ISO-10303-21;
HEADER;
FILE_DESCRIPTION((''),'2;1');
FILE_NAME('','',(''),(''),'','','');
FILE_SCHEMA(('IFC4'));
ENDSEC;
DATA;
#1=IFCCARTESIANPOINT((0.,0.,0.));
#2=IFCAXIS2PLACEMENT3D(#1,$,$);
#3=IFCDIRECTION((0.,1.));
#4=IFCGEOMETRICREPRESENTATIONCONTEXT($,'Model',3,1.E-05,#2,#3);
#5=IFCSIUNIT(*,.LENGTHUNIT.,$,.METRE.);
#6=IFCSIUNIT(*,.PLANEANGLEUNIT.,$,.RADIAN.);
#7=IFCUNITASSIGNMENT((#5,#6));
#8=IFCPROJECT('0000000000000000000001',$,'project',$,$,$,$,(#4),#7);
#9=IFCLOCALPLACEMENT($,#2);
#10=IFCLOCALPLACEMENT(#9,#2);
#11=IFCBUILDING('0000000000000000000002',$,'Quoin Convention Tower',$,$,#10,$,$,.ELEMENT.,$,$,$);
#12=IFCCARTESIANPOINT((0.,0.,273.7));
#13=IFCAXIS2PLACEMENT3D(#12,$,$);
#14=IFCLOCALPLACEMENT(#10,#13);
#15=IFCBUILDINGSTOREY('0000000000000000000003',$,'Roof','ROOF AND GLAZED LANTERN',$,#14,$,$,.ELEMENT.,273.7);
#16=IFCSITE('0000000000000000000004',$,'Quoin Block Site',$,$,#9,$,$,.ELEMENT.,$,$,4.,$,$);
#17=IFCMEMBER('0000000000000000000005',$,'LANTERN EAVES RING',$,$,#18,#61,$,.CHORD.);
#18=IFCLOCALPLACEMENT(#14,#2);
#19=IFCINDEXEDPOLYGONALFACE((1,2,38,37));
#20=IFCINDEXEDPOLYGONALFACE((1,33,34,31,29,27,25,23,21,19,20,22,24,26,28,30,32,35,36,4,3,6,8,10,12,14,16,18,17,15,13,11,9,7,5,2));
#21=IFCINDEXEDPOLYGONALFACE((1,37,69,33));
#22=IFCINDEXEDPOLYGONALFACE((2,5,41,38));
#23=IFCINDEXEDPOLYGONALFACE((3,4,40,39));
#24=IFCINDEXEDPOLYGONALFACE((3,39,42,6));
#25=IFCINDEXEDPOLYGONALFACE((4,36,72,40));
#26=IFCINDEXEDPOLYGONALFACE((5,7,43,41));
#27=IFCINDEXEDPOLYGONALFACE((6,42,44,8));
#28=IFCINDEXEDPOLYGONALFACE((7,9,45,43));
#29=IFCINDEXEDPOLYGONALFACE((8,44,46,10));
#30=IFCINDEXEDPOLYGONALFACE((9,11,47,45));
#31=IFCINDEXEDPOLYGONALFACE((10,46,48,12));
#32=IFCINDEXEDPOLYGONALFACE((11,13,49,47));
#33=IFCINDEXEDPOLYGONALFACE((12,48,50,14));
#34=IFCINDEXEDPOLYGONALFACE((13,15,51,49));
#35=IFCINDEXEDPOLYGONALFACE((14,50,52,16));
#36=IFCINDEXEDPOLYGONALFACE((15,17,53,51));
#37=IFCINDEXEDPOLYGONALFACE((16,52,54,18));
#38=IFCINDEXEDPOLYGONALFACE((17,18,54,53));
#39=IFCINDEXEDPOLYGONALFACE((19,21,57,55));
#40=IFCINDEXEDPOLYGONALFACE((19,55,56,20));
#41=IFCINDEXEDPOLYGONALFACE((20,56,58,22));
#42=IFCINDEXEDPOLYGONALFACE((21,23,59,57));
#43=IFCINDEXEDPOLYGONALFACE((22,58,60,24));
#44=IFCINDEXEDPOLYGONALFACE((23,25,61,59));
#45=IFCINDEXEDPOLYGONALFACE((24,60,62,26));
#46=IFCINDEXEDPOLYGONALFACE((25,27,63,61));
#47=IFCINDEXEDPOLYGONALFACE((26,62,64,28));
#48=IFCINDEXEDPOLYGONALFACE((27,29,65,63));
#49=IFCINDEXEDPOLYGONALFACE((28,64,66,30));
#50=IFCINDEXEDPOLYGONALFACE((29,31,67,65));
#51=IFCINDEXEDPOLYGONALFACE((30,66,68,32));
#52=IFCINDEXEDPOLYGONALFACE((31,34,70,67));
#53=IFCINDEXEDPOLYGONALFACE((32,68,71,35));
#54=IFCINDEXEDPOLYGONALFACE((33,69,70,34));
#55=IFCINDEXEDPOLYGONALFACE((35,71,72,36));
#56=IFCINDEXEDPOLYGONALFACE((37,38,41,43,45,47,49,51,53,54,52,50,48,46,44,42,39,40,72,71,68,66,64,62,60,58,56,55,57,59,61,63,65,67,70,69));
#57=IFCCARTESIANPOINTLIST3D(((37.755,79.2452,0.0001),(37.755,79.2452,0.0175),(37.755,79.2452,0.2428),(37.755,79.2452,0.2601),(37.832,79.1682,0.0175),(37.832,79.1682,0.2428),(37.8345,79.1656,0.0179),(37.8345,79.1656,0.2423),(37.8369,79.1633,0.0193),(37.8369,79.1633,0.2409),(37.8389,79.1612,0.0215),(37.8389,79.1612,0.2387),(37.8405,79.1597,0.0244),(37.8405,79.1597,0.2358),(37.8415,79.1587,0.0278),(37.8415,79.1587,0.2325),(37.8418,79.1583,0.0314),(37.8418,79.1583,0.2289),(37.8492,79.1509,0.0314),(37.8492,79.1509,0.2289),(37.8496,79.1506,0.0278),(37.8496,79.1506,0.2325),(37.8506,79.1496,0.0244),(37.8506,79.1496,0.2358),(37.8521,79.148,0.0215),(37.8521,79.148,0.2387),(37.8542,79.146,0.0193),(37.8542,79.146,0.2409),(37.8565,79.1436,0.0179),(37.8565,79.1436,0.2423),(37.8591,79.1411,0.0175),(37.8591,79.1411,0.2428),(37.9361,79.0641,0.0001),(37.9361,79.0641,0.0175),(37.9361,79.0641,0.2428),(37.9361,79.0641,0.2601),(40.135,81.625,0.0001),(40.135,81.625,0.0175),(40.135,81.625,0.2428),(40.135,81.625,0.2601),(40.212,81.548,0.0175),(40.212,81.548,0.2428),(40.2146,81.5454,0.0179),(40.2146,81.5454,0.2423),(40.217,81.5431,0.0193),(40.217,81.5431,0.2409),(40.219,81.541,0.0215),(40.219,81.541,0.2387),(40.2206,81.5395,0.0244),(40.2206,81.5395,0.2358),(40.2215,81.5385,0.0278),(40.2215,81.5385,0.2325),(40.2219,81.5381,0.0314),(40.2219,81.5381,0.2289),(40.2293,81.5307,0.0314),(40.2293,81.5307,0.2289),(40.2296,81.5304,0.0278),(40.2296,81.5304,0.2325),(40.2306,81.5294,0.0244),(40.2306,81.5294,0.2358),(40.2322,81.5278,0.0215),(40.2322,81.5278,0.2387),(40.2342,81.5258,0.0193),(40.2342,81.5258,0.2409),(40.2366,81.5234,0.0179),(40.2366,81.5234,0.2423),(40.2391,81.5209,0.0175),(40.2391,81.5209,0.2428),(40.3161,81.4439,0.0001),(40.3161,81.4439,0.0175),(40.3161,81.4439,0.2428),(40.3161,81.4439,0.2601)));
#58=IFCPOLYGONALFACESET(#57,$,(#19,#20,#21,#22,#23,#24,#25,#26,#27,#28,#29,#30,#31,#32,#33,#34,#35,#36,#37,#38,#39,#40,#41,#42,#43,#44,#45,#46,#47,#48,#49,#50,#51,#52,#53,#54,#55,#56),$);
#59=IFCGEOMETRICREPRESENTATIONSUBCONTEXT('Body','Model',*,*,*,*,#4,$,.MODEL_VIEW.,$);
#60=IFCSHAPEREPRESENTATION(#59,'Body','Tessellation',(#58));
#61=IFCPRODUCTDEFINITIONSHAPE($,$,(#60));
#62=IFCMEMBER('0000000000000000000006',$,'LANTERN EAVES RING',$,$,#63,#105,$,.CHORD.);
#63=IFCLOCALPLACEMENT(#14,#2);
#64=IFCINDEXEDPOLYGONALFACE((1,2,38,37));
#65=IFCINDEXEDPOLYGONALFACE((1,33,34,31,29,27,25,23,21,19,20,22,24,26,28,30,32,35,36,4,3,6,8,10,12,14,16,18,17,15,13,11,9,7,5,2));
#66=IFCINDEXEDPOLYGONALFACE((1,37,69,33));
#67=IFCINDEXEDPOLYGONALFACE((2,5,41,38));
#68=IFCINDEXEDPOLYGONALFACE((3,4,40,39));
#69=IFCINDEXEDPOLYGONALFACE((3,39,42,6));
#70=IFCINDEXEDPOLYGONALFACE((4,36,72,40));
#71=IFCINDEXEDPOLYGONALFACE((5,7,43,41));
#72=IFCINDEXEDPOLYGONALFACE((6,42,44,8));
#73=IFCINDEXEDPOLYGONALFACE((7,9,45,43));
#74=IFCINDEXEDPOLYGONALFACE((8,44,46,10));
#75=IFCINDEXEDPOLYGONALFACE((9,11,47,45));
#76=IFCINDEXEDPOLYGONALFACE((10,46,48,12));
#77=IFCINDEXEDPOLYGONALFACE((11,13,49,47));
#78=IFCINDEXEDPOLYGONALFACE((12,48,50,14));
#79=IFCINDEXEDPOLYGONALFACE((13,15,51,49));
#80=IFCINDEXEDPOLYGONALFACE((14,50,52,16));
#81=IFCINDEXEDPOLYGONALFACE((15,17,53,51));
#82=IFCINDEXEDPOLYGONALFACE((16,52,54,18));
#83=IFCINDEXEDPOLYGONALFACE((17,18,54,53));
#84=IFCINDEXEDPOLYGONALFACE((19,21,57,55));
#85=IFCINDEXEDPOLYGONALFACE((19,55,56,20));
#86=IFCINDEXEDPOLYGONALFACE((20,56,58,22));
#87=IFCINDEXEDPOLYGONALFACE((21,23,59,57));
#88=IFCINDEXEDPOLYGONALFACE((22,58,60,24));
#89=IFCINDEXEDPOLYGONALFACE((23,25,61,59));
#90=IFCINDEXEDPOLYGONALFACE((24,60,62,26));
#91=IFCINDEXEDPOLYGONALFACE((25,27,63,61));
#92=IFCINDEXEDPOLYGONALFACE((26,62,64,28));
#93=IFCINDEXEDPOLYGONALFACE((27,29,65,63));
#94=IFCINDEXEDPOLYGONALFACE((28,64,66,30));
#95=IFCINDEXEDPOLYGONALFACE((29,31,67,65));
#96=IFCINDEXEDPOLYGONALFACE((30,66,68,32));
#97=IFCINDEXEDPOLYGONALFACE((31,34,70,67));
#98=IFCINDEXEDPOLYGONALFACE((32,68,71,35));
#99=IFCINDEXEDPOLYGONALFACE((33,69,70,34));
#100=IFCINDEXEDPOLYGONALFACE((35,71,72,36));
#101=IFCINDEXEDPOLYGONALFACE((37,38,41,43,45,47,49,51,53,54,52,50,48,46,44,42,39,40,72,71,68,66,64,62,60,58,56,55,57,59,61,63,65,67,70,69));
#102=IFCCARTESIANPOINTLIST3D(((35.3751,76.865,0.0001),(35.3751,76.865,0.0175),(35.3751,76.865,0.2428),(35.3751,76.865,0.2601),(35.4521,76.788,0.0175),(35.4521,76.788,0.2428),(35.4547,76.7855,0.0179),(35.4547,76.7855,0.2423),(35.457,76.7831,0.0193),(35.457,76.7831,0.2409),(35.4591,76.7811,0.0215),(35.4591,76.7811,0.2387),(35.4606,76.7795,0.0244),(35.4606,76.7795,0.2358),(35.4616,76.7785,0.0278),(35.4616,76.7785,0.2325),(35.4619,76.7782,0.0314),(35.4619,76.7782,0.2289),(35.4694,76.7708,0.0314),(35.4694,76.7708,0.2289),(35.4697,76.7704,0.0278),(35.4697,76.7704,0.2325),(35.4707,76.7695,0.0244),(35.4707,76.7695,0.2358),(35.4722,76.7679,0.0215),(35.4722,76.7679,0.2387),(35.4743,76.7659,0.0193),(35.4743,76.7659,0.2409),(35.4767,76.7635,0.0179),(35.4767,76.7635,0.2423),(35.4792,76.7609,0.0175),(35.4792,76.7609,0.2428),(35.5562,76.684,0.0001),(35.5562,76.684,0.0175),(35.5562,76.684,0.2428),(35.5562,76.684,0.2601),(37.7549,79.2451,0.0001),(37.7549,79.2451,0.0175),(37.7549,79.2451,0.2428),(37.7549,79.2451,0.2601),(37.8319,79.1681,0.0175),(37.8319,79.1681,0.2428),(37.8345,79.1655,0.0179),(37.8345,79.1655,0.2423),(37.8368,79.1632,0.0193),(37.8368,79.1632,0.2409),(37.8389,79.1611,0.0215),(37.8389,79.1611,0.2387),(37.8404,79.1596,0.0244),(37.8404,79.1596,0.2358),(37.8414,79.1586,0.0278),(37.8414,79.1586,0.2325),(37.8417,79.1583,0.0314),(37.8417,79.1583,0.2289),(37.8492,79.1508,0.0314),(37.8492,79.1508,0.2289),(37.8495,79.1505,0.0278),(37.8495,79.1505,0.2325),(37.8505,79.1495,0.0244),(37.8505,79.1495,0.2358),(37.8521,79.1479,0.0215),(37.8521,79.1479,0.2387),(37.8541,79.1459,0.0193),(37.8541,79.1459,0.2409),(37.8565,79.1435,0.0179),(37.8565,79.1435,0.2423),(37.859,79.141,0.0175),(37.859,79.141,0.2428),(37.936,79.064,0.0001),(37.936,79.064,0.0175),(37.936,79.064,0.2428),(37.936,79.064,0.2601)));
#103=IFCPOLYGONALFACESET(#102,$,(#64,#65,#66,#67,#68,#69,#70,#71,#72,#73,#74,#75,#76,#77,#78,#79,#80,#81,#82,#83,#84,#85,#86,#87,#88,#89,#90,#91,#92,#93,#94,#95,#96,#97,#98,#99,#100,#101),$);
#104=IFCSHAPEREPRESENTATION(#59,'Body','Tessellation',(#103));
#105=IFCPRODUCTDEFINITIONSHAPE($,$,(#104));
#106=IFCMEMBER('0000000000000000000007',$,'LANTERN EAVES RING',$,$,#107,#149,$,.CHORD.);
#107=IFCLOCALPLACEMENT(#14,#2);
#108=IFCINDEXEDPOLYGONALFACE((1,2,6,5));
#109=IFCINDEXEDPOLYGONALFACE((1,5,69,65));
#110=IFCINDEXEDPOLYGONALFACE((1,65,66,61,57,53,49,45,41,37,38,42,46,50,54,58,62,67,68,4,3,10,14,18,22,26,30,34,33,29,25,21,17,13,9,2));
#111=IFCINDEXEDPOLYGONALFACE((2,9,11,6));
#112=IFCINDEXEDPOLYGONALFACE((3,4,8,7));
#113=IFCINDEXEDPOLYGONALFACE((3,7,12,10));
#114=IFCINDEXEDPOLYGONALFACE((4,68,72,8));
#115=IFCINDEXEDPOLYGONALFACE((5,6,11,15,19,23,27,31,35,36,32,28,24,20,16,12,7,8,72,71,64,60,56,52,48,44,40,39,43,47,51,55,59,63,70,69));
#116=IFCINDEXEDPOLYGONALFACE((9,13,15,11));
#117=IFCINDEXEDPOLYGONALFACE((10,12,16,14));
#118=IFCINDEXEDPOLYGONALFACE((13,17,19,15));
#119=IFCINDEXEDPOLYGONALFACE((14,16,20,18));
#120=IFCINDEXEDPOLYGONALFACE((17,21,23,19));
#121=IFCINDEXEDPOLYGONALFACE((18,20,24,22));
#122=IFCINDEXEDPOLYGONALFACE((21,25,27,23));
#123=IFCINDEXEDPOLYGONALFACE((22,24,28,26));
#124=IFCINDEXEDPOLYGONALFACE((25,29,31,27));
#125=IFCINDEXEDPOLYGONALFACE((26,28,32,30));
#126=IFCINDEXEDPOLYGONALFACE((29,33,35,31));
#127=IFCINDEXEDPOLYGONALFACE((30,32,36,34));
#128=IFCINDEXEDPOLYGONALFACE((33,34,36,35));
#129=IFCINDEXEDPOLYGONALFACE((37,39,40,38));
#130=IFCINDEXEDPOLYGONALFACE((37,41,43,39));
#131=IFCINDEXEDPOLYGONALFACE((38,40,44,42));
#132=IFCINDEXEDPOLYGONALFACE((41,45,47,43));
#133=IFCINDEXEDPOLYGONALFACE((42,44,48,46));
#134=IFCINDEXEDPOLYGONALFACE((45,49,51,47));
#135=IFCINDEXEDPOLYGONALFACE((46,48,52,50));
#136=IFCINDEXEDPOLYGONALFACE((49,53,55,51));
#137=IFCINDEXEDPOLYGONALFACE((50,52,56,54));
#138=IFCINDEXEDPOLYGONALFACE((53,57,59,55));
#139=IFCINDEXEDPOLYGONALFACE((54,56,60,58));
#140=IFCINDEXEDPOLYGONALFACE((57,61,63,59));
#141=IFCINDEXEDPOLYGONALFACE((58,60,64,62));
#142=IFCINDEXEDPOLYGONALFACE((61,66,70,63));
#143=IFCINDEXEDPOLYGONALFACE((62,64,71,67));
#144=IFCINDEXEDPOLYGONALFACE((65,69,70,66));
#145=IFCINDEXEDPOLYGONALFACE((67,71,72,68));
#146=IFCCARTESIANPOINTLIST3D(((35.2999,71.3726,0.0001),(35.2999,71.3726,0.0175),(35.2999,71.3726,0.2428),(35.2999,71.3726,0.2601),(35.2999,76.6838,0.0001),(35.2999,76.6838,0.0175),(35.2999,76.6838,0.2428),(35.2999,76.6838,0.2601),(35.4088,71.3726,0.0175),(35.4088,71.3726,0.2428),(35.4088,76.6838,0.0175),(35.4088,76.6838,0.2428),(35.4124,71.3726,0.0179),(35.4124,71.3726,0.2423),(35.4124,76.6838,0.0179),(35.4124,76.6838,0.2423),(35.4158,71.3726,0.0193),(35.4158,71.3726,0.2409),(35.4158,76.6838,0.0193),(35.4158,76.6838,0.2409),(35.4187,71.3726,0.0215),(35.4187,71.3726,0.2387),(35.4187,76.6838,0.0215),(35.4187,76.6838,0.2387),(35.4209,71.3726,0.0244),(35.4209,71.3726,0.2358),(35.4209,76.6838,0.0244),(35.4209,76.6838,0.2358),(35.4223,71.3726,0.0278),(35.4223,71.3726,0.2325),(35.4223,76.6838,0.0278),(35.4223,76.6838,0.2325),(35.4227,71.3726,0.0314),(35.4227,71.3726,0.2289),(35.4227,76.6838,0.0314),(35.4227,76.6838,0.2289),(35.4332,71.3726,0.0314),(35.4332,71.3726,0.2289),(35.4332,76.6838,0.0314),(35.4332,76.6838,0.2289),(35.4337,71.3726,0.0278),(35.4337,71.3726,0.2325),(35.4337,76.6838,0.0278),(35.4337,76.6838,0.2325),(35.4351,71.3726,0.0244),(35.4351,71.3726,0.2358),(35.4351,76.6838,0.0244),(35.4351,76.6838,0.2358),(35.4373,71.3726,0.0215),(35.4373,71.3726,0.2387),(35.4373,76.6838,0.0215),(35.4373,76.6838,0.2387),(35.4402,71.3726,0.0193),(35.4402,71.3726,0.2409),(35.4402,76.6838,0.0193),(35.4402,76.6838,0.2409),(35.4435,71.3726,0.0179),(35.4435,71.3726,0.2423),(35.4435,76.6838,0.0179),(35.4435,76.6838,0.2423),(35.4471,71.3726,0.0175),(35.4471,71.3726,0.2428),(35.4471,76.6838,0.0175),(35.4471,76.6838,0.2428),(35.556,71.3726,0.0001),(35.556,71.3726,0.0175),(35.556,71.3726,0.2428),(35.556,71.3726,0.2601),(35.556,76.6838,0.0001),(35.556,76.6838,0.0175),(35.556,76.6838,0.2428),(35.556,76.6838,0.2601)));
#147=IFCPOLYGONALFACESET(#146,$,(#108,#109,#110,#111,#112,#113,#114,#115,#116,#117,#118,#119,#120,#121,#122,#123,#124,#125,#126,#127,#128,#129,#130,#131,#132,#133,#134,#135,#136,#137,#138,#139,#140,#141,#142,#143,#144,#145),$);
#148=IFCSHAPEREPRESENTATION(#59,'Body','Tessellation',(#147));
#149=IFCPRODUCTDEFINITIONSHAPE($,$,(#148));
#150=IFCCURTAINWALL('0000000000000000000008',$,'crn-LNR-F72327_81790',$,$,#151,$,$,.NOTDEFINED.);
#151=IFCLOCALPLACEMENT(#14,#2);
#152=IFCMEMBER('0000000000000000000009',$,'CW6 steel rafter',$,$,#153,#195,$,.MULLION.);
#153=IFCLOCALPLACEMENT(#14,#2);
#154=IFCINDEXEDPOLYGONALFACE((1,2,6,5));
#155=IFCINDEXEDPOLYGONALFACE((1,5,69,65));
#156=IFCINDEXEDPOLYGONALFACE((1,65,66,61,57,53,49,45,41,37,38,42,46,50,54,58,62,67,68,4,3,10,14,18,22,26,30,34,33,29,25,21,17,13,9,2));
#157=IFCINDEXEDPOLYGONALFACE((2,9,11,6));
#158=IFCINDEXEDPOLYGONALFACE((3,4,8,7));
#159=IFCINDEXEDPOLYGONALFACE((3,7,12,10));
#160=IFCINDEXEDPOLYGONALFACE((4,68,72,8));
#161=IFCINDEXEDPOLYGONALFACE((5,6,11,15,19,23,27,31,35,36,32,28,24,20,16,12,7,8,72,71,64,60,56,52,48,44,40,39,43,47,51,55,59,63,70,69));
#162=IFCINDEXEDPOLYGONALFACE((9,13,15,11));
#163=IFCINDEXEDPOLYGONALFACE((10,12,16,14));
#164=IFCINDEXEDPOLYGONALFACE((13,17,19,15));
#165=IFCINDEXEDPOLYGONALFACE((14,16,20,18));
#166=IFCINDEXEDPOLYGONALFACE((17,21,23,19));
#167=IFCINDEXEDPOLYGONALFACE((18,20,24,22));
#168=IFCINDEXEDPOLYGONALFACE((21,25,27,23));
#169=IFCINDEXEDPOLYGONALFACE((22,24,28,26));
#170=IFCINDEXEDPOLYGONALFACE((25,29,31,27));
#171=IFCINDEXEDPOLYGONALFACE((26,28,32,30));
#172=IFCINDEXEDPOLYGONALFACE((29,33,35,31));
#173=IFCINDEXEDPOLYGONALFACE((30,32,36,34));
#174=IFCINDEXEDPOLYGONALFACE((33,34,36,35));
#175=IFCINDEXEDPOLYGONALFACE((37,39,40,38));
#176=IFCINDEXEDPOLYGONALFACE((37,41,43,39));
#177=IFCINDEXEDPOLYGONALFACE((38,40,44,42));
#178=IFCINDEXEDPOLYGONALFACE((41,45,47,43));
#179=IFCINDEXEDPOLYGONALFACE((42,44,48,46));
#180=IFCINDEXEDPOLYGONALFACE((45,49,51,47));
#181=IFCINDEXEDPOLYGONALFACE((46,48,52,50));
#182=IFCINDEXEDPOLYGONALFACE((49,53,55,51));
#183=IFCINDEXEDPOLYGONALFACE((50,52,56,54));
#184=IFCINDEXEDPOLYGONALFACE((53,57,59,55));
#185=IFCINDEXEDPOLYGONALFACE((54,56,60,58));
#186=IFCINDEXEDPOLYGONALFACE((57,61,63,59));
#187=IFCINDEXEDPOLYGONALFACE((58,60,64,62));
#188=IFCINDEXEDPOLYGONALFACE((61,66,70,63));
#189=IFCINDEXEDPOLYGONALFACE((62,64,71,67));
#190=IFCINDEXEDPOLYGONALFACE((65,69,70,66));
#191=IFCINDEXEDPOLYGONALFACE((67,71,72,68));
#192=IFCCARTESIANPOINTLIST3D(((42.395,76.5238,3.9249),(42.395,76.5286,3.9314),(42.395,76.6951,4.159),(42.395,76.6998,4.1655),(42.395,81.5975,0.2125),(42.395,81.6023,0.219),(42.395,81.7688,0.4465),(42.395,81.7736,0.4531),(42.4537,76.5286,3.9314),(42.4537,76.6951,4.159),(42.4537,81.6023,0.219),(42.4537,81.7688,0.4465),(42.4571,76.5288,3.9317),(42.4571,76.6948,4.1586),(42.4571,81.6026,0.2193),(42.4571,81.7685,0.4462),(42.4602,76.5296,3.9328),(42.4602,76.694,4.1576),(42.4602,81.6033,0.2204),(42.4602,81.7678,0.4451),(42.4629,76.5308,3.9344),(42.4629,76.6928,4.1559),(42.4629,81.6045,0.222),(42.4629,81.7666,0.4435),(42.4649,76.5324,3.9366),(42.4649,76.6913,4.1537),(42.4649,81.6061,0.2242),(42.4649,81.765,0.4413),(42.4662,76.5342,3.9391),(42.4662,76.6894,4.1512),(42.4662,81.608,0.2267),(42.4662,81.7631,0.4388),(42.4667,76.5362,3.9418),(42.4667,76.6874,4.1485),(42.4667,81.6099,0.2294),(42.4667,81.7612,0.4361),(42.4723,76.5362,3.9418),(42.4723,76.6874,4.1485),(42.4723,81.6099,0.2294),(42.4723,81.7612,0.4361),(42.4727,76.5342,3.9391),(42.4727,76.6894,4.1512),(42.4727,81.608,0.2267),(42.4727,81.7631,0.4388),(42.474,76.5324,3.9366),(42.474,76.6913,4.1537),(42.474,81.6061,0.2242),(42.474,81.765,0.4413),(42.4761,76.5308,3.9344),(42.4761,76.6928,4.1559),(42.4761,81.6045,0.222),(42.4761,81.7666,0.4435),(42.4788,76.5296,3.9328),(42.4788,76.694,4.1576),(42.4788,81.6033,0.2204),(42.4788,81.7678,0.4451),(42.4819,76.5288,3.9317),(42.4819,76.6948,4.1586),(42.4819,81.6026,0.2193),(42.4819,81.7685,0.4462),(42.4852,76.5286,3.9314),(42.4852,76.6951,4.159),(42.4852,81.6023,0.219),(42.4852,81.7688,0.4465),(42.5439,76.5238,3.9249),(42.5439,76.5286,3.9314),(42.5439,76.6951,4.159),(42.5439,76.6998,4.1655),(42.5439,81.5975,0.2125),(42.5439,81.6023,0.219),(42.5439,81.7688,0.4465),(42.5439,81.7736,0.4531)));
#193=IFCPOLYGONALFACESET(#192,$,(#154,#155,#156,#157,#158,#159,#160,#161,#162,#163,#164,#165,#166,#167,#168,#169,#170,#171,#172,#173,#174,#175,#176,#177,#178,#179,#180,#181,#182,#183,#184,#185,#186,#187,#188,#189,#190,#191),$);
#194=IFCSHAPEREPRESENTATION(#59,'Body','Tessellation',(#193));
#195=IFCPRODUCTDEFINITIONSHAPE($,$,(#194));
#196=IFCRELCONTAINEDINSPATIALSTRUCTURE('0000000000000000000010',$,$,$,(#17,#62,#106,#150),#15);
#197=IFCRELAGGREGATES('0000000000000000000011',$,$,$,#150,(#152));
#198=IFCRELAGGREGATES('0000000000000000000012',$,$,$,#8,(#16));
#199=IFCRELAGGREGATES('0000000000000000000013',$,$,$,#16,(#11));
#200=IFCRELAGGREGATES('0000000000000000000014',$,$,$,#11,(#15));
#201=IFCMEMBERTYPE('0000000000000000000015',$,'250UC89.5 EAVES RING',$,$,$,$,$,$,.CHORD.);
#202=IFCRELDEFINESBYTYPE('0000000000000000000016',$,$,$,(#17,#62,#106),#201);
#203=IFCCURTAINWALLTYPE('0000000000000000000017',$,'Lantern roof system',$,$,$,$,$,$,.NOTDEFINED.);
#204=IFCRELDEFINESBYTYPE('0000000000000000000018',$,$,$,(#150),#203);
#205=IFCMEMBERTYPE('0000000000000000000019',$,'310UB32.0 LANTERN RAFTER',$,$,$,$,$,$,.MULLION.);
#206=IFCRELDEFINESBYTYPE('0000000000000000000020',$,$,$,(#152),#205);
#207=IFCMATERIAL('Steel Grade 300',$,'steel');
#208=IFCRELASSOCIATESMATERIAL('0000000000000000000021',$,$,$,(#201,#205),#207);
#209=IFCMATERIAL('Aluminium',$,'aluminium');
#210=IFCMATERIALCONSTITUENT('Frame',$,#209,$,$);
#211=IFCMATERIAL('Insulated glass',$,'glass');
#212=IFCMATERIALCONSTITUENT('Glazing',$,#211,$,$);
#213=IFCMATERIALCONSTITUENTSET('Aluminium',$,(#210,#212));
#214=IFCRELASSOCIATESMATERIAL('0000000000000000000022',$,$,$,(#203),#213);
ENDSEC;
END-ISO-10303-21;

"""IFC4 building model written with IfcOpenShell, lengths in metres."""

from ifc_helpers import new_model, si_unit, direction, frame, origin, origin_2d, place, context, subcontext, project, spatial, i_section, extrude, material, constituent, constituent_set, material_profile, profile_set, type_object, element, aggregate, save


model = new_model("IFC4")

# Units and contexts
model_context = context("Model", 3, precision=1e-05, world=origin(), true_north=direction((0.0, 1.0)))
body_context = subcontext(model_context, "Body", "Model", "MODEL_VIEW")
ifc_project = project(units=[si_unit("LENGTHUNIT", "METRE"), si_unit("PLANEANGLEUNIT", "RADIAN")], contexts=[model_context])

# Site, building, storey
site_placement = place(None, origin())
site = spatial("IfcSite", under=ifc_project, at=site_placement, Name="Quoin Block Site", CompositionType="ELEMENT", RefElevation=4.0)
building_placement = place(site_placement, origin())
building = spatial("IfcBuilding", under=site, at=building_placement, Name="Quoin Convention Tower", CompositionType="ELEMENT")
storey_placement = place(building_placement, frame((0.0, 0.0, 273.7)))
storey = spatial("IfcBuildingStorey", under=building, at=storey_placement, Name="Roof", Description="ROOF AND GLAZED LANTERN", CompositionType="ELEMENT", Elevation=273.7)

# Members
ifc_material_1 = material(Name="Steel Grade 300", Category="steel")
ifc_material_profile_1 = material_profile(ifc_material_1, i_section(OverallWidth=0.2561, OverallDepth=0.26, WebThickness=0.0105, FlangeThickness=0.0173, FilletRadius=0.0139, at=origin_2d()), Name="250UC89.5")
ifc_profile_set_1 = profile_set([ifc_material_profile_1], Name="Steel Grade 300")
member_type_1 = type_object("IfcMemberType", Name="250UC89.5 EAVES RING", PredefinedType="CHORD", material=ifc_profile_set_1)
for number, where, z_axis, x_axis, name in (
    (1, (40.2256, 81.5344, 0.1301), (-0.707143, -0.707071, 0.0), (0.707071, -0.707143, 0.0), "LANTERN EAVES RING"),
    (2, (37.8455, 79.1545, 0.1301), (-0.707071, -0.707143, 0.0), (0.707143, -0.707071, 0.0), "LANTERN EAVES RING"),
):
    element("IfcMember", number, at=place(storey_placement, frame(where, z_axis=z_axis, x_axis=x_axis)), inside=storey, type_object=member_type_1, Name=name, PredefinedType="CHORD", context=body_context, shape_type="SweptSolid", body=[
        extrude(i_section(OverallWidth=0.2561, OverallDepth=0.26, WebThickness=0.0105, FlangeThickness=0.0173, FilletRadius=0.0139, at=origin_2d()), origin(), (0.0, 0.0, 1.0), 3.3657),
    ])
member_1_placement = place(storey_placement, frame((35.428, 76.6838, 0.1301), z_axis=(0.0, -1.0, 0.0), x_axis=(1.0, 0.0, 0.0)))
element("IfcMember", 3, at=member_1_placement, inside=storey, type_object=member_type_1, Name="LANTERN EAVES RING", PredefinedType="CHORD", context=body_context, shape_type="SweptSolid", body=[
    extrude(i_section(OverallWidth=0.2561, OverallDepth=0.26, WebThickness=0.0105, FlangeThickness=0.0173, FilletRadius=0.0139, at=origin_2d()), origin(), (0.0, 0.0, 1.0), 5.3113),
])

# Curtain wall, member
ifc_material_2 = material(Name="Aluminium", Category="aluminium")
ifc_constituent_1 = constituent(ifc_material_2, Name="Frame")
ifc_material_3 = material(Name="Insulated glass", Category="glass")
ifc_constituent_2 = constituent(ifc_material_3, Name="Glazing")
ifc_constituent_set = constituent_set(constituents=[ifc_constituent_1, ifc_constituent_2], Name="Aluminium")
curtain_wall_type = type_object("IfcCurtainWallType", Name="Lantern roof system", PredefinedType="NOTDEFINED", material=ifc_constituent_set)
curtain_wall_1_placement = place(storey_placement, origin())
curtain_wall_1 = element("IfcCurtainWall", 4, at=curtain_wall_1_placement, inside=storey, type_object=curtain_wall_type, Name="crn-LNR-F72327_81790", PredefinedType="NOTDEFINED")
ifc_material_profile_2 = material_profile(ifc_material_1, i_section(OverallWidth=0.1489, OverallDepth=0.2981, WebThickness=0.0056, FlangeThickness=0.0081, FilletRadius=0.0129, at=origin_2d()), Name="310UB32.0")
ifc_profile_set_2 = profile_set([ifc_material_profile_2], Name="Steel Grade 300")
member_type_2 = type_object("IfcMemberType", Name="310UB32.0 LANTERN RAFTER", PredefinedType="MULLION", material=ifc_profile_set_2)
member_2_placement = place(storey_placement, frame((42.4695, 81.6855, 0.3328), z_axis=(0.0, -0.807037, 0.590501), x_axis=(1.0, 0.0, 0.0)))
member_2 = element("IfcMember", 5, at=member_2_placement, type_object=member_type_2, Name="CW6 steel rafter", PredefinedType="MULLION", context=body_context, shape_type="SweptSolid", body=[
    extrude(i_section(OverallWidth=0.1489, OverallDepth=0.2981, WebThickness=0.0056, FlangeThickness=0.0081, FilletRadius=0.0129, at=origin_2d()), origin(), (0.0, 0.0, 1.0), 6.2869),
])

aggregate(curtain_wall_1, [member_2])

save(model, "model.ifc")
